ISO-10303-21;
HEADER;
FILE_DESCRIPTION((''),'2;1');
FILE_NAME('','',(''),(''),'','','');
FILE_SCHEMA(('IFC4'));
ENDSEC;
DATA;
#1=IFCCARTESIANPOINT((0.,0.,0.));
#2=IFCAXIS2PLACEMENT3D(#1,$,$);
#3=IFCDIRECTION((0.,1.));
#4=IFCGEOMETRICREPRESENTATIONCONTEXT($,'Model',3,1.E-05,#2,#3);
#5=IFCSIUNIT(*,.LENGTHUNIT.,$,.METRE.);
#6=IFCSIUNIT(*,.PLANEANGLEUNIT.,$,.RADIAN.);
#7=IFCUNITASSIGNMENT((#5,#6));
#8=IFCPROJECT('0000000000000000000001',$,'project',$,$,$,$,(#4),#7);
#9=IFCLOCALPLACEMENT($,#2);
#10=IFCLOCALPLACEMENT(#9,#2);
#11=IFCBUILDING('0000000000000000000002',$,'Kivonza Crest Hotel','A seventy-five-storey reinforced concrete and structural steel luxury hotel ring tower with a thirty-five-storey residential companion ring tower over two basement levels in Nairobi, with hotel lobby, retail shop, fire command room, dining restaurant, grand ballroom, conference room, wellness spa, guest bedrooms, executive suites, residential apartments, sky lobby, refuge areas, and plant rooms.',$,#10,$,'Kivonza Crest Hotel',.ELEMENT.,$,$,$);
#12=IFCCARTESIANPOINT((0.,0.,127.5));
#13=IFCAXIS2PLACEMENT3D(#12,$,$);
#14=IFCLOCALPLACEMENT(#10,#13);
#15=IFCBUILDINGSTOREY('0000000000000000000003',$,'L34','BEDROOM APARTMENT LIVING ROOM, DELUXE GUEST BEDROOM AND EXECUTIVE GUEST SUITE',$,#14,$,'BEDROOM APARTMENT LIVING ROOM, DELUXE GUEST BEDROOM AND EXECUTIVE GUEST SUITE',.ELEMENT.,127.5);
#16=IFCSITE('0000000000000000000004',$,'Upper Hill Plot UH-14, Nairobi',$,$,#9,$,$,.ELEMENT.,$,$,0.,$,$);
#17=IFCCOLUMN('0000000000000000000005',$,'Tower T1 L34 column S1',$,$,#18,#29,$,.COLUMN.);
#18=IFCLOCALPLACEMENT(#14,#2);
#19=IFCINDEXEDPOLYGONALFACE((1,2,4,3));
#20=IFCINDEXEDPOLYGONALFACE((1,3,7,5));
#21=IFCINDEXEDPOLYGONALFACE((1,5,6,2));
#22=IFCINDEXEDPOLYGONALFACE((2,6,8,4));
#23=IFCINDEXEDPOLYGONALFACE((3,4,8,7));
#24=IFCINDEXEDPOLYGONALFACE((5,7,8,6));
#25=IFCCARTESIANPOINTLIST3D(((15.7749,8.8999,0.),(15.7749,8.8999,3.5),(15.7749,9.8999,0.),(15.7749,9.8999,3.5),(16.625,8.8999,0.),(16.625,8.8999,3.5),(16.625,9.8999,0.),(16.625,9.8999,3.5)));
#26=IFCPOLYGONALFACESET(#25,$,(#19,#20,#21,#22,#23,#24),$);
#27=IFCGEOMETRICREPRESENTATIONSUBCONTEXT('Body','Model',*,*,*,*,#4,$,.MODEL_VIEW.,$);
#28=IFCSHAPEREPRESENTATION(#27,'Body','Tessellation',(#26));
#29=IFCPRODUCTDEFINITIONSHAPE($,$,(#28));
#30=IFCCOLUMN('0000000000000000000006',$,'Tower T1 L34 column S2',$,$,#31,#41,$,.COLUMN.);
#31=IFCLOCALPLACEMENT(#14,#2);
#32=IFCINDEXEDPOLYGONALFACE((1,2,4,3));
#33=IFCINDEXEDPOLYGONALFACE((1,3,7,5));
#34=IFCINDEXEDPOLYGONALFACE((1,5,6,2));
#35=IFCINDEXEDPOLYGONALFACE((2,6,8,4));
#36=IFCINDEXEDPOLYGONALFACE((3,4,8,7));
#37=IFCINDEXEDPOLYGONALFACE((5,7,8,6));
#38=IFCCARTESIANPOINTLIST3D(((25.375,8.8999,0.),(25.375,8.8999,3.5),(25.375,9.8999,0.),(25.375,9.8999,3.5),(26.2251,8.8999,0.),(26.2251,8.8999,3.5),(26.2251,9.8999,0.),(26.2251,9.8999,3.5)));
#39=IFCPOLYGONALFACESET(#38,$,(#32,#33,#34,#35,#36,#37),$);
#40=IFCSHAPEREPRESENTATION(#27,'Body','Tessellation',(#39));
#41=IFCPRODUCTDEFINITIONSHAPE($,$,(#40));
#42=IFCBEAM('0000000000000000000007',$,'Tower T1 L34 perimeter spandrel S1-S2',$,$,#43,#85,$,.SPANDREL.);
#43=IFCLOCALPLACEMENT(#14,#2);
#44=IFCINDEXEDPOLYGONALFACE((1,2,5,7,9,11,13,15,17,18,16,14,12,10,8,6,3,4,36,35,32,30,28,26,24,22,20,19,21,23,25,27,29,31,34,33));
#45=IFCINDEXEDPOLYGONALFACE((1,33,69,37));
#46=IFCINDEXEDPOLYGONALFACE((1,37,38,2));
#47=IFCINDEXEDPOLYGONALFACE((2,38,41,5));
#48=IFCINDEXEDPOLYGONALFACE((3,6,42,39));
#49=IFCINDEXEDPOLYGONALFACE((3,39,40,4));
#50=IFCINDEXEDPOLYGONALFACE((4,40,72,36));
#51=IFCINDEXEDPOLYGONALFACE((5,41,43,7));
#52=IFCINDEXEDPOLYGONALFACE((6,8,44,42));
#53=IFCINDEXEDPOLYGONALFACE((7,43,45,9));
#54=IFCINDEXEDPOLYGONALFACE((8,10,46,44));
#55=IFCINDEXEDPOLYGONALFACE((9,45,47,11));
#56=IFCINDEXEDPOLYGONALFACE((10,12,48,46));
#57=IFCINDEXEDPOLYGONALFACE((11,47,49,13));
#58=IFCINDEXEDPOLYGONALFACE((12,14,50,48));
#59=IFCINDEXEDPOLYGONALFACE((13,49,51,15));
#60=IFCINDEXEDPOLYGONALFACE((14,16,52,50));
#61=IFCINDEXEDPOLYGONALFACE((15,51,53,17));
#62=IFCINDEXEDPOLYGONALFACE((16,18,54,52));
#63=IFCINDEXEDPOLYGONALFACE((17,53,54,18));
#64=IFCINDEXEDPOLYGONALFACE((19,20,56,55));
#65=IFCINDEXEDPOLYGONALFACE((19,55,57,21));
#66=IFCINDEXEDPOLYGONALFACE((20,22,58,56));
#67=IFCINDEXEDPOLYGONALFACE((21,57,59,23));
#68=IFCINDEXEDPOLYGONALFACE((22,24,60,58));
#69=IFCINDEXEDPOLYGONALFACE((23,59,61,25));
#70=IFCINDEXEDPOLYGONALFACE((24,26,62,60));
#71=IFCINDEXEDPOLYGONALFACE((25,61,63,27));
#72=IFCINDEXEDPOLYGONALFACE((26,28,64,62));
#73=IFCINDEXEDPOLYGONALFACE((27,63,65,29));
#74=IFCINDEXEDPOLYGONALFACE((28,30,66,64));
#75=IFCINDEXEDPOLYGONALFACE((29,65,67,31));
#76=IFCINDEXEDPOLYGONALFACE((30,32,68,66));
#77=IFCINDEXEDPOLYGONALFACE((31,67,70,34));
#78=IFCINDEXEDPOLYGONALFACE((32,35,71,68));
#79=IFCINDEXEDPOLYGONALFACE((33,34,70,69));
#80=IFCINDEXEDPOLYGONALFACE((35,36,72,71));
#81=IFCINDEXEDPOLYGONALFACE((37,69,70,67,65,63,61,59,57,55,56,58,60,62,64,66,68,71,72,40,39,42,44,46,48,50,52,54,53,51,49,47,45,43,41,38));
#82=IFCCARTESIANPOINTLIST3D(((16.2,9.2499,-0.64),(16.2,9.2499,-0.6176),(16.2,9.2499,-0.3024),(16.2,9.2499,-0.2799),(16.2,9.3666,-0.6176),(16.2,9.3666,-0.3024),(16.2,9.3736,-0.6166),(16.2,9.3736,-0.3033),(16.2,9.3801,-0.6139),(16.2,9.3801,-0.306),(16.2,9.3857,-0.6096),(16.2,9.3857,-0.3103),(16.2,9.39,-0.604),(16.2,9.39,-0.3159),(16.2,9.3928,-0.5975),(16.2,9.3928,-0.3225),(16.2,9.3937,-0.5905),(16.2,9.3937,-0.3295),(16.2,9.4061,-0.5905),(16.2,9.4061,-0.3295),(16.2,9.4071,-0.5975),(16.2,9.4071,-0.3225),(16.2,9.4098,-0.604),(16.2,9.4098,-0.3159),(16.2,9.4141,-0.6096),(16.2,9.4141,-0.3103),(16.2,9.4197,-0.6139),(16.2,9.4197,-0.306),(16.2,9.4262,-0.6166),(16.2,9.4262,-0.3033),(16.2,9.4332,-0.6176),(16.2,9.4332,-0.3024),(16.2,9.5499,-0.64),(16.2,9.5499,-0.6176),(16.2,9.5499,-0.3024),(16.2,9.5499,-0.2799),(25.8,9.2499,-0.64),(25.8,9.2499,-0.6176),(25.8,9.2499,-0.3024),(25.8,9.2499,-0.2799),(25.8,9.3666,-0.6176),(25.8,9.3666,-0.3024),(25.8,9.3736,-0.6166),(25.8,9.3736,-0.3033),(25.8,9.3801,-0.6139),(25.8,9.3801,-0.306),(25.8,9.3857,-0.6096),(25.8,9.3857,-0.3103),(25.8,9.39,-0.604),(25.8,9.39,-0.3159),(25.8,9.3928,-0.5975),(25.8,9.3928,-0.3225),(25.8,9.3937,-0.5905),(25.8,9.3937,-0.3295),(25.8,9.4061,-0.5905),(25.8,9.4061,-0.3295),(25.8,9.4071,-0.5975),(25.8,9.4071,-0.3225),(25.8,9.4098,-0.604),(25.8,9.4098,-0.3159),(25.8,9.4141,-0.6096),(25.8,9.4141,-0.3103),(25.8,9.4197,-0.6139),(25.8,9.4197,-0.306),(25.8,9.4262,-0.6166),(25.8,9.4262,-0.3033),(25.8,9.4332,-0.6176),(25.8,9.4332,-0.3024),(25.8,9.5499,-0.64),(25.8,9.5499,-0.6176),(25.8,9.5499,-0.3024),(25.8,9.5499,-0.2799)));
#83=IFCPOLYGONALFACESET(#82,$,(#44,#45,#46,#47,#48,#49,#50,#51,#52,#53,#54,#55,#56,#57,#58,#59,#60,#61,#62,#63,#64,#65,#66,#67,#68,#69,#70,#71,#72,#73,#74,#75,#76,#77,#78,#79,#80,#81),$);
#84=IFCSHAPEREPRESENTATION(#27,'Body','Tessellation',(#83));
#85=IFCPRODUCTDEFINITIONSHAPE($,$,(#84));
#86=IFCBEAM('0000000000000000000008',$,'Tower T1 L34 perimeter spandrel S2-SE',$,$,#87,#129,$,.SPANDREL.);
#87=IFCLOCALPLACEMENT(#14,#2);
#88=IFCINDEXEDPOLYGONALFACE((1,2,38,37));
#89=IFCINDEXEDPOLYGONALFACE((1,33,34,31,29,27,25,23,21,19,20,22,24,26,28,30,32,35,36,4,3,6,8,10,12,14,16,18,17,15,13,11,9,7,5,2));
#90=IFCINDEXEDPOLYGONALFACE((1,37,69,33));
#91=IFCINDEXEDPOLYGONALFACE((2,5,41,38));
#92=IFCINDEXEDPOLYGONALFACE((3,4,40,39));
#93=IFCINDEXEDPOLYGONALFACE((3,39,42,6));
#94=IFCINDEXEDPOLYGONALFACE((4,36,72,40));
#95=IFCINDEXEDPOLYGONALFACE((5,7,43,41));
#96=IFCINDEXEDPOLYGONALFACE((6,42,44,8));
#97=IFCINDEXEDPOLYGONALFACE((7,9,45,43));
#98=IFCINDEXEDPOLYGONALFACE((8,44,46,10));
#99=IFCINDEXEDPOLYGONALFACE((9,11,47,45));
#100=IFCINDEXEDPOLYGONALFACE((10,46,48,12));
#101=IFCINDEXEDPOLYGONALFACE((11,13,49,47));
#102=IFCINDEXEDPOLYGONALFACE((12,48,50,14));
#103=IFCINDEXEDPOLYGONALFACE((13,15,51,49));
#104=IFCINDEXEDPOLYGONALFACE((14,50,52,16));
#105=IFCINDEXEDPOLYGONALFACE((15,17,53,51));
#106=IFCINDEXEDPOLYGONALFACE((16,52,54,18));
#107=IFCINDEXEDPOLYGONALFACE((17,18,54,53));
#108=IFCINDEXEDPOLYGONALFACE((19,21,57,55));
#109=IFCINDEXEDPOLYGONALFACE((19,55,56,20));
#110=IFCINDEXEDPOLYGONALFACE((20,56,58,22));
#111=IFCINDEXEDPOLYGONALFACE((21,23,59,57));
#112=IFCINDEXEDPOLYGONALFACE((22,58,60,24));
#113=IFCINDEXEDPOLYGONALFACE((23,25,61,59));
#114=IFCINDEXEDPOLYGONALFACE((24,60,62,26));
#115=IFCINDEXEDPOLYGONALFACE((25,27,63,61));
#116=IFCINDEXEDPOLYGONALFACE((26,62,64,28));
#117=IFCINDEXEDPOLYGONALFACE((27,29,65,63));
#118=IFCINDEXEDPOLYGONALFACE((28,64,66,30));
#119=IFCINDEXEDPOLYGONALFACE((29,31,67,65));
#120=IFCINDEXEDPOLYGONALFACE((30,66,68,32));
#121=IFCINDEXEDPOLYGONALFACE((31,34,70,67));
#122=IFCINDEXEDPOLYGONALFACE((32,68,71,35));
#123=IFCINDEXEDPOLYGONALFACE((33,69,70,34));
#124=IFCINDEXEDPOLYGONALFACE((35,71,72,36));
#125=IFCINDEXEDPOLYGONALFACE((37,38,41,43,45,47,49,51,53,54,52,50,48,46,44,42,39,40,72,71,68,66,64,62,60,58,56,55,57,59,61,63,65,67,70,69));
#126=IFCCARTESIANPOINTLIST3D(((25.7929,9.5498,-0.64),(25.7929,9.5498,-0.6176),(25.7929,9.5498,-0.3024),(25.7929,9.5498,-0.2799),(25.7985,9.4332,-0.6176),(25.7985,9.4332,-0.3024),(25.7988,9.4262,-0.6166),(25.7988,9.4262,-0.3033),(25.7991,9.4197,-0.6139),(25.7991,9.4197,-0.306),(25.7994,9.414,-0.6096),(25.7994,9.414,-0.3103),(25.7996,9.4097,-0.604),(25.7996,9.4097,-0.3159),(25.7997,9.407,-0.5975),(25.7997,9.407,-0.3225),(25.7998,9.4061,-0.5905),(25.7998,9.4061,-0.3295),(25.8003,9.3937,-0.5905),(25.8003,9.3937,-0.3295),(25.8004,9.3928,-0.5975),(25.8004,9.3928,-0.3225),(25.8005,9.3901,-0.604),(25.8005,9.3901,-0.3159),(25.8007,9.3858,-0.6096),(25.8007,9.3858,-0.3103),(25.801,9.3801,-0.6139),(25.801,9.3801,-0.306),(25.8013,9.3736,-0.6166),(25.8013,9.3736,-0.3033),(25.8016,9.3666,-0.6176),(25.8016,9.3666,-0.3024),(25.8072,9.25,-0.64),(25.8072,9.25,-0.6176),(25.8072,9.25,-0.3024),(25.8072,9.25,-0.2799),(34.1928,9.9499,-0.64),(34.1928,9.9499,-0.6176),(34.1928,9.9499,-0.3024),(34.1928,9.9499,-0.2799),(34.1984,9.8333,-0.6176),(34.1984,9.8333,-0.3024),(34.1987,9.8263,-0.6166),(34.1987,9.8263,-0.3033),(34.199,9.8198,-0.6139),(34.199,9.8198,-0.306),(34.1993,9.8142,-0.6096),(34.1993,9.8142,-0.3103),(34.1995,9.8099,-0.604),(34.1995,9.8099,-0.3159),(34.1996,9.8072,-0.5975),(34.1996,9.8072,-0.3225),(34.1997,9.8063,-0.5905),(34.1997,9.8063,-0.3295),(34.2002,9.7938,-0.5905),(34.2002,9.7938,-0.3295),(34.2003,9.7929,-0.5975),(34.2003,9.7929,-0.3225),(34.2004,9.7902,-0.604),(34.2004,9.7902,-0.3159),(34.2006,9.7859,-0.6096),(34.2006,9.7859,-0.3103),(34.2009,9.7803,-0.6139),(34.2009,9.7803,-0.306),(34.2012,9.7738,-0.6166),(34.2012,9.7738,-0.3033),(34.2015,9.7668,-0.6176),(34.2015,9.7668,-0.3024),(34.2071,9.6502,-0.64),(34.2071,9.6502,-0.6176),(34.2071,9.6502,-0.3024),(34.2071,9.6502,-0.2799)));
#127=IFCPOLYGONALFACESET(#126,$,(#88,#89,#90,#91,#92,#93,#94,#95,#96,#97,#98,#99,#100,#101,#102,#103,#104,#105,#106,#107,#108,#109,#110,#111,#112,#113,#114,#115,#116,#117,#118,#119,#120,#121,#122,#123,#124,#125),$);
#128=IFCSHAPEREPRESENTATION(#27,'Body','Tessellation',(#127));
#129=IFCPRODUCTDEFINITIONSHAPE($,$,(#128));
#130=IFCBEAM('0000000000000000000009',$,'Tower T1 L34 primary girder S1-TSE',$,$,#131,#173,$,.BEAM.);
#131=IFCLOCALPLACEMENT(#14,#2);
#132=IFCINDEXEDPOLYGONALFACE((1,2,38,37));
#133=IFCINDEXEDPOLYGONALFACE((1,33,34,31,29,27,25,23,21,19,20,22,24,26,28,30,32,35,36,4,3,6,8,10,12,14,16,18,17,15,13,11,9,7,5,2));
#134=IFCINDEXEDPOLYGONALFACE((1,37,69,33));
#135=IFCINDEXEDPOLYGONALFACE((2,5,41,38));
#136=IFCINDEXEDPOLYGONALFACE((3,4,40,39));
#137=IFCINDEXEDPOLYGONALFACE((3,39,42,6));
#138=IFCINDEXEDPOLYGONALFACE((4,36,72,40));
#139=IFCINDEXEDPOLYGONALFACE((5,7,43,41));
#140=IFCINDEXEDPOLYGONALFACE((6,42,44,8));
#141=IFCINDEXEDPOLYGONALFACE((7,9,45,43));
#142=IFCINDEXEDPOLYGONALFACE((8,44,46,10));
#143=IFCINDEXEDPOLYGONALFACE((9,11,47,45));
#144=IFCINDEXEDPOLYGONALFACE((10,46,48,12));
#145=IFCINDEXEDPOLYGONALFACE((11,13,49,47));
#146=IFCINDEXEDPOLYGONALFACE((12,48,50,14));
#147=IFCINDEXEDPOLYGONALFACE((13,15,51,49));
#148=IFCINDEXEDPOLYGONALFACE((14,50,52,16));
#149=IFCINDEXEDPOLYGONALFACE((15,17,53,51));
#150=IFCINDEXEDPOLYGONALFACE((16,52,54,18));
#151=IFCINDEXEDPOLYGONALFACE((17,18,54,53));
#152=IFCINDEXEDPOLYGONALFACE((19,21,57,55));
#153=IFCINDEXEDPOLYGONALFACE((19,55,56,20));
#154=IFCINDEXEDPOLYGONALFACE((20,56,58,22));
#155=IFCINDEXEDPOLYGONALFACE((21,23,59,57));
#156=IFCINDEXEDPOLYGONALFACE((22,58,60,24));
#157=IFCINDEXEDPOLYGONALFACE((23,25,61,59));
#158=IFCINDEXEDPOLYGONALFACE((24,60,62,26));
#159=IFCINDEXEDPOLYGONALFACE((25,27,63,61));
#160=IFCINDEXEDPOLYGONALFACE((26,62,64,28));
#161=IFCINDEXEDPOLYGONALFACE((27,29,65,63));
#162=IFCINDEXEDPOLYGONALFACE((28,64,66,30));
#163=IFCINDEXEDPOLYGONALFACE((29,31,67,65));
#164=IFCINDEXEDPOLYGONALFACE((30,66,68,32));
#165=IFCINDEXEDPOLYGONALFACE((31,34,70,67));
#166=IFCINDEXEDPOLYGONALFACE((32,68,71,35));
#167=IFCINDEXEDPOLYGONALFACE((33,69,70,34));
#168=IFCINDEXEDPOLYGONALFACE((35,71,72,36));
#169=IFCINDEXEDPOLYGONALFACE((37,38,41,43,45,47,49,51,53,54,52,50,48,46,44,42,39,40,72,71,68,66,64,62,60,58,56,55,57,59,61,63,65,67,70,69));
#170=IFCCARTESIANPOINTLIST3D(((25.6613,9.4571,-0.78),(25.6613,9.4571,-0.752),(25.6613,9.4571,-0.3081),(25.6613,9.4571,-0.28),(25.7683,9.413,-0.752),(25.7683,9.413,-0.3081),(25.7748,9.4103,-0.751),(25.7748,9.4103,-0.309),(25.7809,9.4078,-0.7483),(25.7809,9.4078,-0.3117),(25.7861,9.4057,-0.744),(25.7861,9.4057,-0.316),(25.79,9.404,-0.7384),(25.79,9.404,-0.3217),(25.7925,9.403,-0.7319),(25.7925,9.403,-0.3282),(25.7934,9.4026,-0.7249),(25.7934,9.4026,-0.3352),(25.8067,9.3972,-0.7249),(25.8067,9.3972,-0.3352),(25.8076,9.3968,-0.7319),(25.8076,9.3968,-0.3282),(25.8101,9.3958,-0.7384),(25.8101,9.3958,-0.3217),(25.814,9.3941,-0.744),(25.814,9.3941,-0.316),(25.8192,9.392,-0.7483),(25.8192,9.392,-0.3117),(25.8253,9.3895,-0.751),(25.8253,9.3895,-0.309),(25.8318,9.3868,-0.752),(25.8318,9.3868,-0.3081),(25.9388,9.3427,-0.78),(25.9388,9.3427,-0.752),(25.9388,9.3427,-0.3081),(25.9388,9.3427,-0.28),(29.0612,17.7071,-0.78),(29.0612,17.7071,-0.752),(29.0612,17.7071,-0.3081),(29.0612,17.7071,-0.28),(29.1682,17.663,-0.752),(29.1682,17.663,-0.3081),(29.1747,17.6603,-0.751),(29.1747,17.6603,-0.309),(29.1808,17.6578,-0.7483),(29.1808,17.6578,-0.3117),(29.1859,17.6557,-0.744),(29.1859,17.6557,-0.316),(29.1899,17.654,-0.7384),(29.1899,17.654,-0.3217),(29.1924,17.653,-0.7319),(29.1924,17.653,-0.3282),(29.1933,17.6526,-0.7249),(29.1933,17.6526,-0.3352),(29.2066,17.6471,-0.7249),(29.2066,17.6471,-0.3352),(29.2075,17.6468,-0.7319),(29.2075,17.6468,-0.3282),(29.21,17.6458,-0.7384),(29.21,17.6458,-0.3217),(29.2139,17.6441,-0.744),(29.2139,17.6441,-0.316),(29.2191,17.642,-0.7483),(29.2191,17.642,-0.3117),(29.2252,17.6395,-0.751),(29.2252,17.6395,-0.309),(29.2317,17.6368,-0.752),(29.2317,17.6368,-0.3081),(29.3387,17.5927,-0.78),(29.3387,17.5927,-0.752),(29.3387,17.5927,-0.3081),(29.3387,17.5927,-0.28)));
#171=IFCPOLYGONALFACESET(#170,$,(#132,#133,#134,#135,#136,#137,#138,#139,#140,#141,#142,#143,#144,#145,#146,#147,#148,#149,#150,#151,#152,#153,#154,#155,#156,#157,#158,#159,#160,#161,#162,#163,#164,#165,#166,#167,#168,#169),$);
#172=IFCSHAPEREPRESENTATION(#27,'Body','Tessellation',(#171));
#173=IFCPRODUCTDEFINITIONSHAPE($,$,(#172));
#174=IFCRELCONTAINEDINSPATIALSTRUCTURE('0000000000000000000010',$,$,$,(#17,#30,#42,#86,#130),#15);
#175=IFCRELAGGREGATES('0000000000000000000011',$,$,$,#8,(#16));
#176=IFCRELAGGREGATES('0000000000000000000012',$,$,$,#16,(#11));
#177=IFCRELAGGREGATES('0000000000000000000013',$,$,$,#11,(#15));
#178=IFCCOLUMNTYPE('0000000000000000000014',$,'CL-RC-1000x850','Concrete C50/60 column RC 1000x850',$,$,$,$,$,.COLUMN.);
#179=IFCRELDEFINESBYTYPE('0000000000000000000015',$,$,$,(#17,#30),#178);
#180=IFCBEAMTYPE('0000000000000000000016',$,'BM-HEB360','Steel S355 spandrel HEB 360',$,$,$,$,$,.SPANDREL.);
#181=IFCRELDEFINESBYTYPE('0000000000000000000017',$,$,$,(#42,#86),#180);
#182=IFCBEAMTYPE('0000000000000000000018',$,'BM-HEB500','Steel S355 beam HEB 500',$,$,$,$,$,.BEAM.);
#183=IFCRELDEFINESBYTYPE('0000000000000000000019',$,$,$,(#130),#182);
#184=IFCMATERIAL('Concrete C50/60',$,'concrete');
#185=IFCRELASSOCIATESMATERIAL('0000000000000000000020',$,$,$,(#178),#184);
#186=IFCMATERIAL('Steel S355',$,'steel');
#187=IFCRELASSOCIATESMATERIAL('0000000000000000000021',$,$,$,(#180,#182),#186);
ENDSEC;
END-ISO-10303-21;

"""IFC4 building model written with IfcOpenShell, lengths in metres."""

from ifc_helpers import new_model, si_unit, direction, frame, origin, origin_2d, place, context, subcontext, project, spatial, rectangle, i_section, extrude, material, material_profile, profile_set, type_object, element, save


model = new_model("IFC4")

# Units and contexts
model_context = context("Model", 3, precision=1e-05, world=origin(), true_north=direction((0.0, 1.0)))
body_context = subcontext(model_context, "Body", "Model", "MODEL_VIEW")
ifc_project = project(units=[si_unit("LENGTHUNIT", "METRE"), si_unit("PLANEANGLEUNIT", "RADIAN")], contexts=[model_context])

# Site, building, storey
site_placement = place(None, origin())
site = spatial("IfcSite", under=ifc_project, at=site_placement, Name="Upper Hill Plot UH-14, Nairobi", CompositionType="ELEMENT", RefElevation=0.0)
building_placement = place(site_placement, origin())
building = spatial("IfcBuilding", under=site, at=building_placement, Name="Kivonza Crest Hotel", Description="A seventy-five-storey reinforced concrete and structural steel luxury hotel ring tower with a thirty-five-storey residential companion ring tower over two basement levels in Nairobi, with hotel lobby, retail shop, fire command room, dining restaurant, grand ballroom, conference room, wellness spa, guest bedrooms, executive suites, residential apartments, sky lobby, refuge areas, and plant rooms.", LongName="Kivonza Crest Hotel", CompositionType="ELEMENT")
storey_placement = place(building_placement, frame((0.0, 0.0, 127.5)))
storey = spatial("IfcBuildingStorey", under=building, at=storey_placement, Name="L34", Description="BEDROOM APARTMENT LIVING ROOM, DELUXE GUEST BEDROOM AND EXECUTIVE GUEST SUITE", LongName="BEDROOM APARTMENT LIVING ROOM, DELUXE GUEST BEDROOM AND EXECUTIVE GUEST SUITE", CompositionType="ELEMENT", Elevation=127.5)

# Columns
ifc_material_1 = material(Name="Concrete C50/60", Category="concrete")
ifc_material_profile_1 = material_profile(ifc_material_1, rectangle(XDim=0.8501, YDim=1.0, at=origin_2d()), Name="RC 1000x850")
ifc_profile_set_1 = profile_set([ifc_material_profile_1], Name="Concrete C50/60")
column_type = type_object("IfcColumnType", Name="CL-RC-1000x850", Description="Concrete C50/60 column RC 1000x850", PredefinedType="COLUMN", material=ifc_profile_set_1)
for number, where, z_axis, x_axis, name in (
    (1, (16.2, 9.3999, 0.0), (0.0, 0.0, 1.0), (1.0, 0.0, 0.0), "Tower T1 L34 column S1"),
    (2, (25.8, 9.3999, 0.0), (0.0, 0.0, 1.0), (1.0, 0.0, 0.0), "Tower T1 L34 column S2"),
):
    element("IfcColumn", number, at=place(storey_placement, frame(where, z_axis=z_axis, x_axis=x_axis)), inside=storey, type_object=column_type, Name=name, PredefinedType="COLUMN", context=body_context, shape_type="SweptSolid", body=[
        extrude(rectangle(XDim=0.8501, YDim=1.0, at=origin_2d()), origin(), (0.0, 0.0, 1.0), 3.5),
    ])

# Beams
ifc_material_2 = material(Name="Steel S355", Category="steel")
ifc_material_profile_2 = material_profile(ifc_material_2, i_section(OverallWidth=0.3, OverallDepth=0.3601, WebThickness=0.0125, FlangeThickness=0.0225, FilletRadius=0.0271, at=origin_2d()), Name="HEB 360")
ifc_profile_set_2 = profile_set([ifc_material_profile_2], Name="Steel S355")
beam_type_1 = type_object("IfcBeamType", Name="BM-HEB360", Description="Steel S355 spandrel HEB 360", PredefinedType="SPANDREL", material=ifc_profile_set_2)
beam_1_placement = place(storey_placement, frame((16.2, 9.3999, -0.46), z_axis=(1.0, 0.0, 0.0), x_axis=(0.0, 1.0, 0.0)))
element("IfcBeam", 3, at=beam_1_placement, inside=storey, type_object=beam_type_1, Name="Tower T1 L34 perimeter spandrel S1-S2", PredefinedType="SPANDREL", context=body_context, shape_type="SweptSolid", body=[
    extrude(i_section(OverallWidth=0.3, OverallDepth=0.3601, WebThickness=0.0125, FlangeThickness=0.0225, FilletRadius=0.0271, at=origin_2d()), origin(), (0.0, 0.0, 1.0), 9.6001),
])
beam_2_placement = place(storey_placement, frame((25.8, 9.3999, -0.46), z_axis=(0.998867, 0.047583, 0.0), x_axis=(-0.047583, 0.998867, 0.0)))
element("IfcBeam", 4, at=beam_2_placement, inside=storey, type_object=beam_type_1, Name="Tower T1 L34 perimeter spandrel S2-SE", PredefinedType="SPANDREL", context=body_context, shape_type="SweptSolid", body=[
    extrude(i_section(OverallWidth=0.3, OverallDepth=0.3601, WebThickness=0.0125, FlangeThickness=0.0225, FilletRadius=0.0271, at=origin_2d()), origin(), (0.0, 0.0, 1.0), 8.4094),
])
ifc_material_profile_3 = material_profile(ifc_material_2, i_section(OverallWidth=0.3, OverallDepth=0.5, WebThickness=0.0144, FlangeThickness=0.0281, FilletRadius=0.0271, at=origin_2d()), Name="HEB 500")
ifc_profile_set_3 = profile_set([ifc_material_profile_3], Name="Steel S355")
beam_type_2 = type_object("IfcBeamType", Name="BM-HEB500", Description="Steel S355 beam HEB 500", PredefinedType="BEAM", material=ifc_profile_set_3)
beam_3_placement = place(storey_placement, frame((25.8, 9.3999, -0.53), z_axis=(0.381022, 0.924566, 0.0), x_axis=(-0.924566, 0.381022, 0.0)))
element("IfcBeam", 5, at=beam_3_placement, inside=storey, type_object=beam_type_2, Name="Tower T1 L34 primary girder S1-TSE", PredefinedType="BEAM", context=body_context, shape_type="SweptSolid", body=[
    extrude(i_section(OverallWidth=0.3, OverallDepth=0.5, WebThickness=0.0144, FlangeThickness=0.0281, FilletRadius=0.0271, at=origin_2d()), origin(), (0.0, 0.0, 1.0), 8.9231),
])

save(model, "model.ifc")
